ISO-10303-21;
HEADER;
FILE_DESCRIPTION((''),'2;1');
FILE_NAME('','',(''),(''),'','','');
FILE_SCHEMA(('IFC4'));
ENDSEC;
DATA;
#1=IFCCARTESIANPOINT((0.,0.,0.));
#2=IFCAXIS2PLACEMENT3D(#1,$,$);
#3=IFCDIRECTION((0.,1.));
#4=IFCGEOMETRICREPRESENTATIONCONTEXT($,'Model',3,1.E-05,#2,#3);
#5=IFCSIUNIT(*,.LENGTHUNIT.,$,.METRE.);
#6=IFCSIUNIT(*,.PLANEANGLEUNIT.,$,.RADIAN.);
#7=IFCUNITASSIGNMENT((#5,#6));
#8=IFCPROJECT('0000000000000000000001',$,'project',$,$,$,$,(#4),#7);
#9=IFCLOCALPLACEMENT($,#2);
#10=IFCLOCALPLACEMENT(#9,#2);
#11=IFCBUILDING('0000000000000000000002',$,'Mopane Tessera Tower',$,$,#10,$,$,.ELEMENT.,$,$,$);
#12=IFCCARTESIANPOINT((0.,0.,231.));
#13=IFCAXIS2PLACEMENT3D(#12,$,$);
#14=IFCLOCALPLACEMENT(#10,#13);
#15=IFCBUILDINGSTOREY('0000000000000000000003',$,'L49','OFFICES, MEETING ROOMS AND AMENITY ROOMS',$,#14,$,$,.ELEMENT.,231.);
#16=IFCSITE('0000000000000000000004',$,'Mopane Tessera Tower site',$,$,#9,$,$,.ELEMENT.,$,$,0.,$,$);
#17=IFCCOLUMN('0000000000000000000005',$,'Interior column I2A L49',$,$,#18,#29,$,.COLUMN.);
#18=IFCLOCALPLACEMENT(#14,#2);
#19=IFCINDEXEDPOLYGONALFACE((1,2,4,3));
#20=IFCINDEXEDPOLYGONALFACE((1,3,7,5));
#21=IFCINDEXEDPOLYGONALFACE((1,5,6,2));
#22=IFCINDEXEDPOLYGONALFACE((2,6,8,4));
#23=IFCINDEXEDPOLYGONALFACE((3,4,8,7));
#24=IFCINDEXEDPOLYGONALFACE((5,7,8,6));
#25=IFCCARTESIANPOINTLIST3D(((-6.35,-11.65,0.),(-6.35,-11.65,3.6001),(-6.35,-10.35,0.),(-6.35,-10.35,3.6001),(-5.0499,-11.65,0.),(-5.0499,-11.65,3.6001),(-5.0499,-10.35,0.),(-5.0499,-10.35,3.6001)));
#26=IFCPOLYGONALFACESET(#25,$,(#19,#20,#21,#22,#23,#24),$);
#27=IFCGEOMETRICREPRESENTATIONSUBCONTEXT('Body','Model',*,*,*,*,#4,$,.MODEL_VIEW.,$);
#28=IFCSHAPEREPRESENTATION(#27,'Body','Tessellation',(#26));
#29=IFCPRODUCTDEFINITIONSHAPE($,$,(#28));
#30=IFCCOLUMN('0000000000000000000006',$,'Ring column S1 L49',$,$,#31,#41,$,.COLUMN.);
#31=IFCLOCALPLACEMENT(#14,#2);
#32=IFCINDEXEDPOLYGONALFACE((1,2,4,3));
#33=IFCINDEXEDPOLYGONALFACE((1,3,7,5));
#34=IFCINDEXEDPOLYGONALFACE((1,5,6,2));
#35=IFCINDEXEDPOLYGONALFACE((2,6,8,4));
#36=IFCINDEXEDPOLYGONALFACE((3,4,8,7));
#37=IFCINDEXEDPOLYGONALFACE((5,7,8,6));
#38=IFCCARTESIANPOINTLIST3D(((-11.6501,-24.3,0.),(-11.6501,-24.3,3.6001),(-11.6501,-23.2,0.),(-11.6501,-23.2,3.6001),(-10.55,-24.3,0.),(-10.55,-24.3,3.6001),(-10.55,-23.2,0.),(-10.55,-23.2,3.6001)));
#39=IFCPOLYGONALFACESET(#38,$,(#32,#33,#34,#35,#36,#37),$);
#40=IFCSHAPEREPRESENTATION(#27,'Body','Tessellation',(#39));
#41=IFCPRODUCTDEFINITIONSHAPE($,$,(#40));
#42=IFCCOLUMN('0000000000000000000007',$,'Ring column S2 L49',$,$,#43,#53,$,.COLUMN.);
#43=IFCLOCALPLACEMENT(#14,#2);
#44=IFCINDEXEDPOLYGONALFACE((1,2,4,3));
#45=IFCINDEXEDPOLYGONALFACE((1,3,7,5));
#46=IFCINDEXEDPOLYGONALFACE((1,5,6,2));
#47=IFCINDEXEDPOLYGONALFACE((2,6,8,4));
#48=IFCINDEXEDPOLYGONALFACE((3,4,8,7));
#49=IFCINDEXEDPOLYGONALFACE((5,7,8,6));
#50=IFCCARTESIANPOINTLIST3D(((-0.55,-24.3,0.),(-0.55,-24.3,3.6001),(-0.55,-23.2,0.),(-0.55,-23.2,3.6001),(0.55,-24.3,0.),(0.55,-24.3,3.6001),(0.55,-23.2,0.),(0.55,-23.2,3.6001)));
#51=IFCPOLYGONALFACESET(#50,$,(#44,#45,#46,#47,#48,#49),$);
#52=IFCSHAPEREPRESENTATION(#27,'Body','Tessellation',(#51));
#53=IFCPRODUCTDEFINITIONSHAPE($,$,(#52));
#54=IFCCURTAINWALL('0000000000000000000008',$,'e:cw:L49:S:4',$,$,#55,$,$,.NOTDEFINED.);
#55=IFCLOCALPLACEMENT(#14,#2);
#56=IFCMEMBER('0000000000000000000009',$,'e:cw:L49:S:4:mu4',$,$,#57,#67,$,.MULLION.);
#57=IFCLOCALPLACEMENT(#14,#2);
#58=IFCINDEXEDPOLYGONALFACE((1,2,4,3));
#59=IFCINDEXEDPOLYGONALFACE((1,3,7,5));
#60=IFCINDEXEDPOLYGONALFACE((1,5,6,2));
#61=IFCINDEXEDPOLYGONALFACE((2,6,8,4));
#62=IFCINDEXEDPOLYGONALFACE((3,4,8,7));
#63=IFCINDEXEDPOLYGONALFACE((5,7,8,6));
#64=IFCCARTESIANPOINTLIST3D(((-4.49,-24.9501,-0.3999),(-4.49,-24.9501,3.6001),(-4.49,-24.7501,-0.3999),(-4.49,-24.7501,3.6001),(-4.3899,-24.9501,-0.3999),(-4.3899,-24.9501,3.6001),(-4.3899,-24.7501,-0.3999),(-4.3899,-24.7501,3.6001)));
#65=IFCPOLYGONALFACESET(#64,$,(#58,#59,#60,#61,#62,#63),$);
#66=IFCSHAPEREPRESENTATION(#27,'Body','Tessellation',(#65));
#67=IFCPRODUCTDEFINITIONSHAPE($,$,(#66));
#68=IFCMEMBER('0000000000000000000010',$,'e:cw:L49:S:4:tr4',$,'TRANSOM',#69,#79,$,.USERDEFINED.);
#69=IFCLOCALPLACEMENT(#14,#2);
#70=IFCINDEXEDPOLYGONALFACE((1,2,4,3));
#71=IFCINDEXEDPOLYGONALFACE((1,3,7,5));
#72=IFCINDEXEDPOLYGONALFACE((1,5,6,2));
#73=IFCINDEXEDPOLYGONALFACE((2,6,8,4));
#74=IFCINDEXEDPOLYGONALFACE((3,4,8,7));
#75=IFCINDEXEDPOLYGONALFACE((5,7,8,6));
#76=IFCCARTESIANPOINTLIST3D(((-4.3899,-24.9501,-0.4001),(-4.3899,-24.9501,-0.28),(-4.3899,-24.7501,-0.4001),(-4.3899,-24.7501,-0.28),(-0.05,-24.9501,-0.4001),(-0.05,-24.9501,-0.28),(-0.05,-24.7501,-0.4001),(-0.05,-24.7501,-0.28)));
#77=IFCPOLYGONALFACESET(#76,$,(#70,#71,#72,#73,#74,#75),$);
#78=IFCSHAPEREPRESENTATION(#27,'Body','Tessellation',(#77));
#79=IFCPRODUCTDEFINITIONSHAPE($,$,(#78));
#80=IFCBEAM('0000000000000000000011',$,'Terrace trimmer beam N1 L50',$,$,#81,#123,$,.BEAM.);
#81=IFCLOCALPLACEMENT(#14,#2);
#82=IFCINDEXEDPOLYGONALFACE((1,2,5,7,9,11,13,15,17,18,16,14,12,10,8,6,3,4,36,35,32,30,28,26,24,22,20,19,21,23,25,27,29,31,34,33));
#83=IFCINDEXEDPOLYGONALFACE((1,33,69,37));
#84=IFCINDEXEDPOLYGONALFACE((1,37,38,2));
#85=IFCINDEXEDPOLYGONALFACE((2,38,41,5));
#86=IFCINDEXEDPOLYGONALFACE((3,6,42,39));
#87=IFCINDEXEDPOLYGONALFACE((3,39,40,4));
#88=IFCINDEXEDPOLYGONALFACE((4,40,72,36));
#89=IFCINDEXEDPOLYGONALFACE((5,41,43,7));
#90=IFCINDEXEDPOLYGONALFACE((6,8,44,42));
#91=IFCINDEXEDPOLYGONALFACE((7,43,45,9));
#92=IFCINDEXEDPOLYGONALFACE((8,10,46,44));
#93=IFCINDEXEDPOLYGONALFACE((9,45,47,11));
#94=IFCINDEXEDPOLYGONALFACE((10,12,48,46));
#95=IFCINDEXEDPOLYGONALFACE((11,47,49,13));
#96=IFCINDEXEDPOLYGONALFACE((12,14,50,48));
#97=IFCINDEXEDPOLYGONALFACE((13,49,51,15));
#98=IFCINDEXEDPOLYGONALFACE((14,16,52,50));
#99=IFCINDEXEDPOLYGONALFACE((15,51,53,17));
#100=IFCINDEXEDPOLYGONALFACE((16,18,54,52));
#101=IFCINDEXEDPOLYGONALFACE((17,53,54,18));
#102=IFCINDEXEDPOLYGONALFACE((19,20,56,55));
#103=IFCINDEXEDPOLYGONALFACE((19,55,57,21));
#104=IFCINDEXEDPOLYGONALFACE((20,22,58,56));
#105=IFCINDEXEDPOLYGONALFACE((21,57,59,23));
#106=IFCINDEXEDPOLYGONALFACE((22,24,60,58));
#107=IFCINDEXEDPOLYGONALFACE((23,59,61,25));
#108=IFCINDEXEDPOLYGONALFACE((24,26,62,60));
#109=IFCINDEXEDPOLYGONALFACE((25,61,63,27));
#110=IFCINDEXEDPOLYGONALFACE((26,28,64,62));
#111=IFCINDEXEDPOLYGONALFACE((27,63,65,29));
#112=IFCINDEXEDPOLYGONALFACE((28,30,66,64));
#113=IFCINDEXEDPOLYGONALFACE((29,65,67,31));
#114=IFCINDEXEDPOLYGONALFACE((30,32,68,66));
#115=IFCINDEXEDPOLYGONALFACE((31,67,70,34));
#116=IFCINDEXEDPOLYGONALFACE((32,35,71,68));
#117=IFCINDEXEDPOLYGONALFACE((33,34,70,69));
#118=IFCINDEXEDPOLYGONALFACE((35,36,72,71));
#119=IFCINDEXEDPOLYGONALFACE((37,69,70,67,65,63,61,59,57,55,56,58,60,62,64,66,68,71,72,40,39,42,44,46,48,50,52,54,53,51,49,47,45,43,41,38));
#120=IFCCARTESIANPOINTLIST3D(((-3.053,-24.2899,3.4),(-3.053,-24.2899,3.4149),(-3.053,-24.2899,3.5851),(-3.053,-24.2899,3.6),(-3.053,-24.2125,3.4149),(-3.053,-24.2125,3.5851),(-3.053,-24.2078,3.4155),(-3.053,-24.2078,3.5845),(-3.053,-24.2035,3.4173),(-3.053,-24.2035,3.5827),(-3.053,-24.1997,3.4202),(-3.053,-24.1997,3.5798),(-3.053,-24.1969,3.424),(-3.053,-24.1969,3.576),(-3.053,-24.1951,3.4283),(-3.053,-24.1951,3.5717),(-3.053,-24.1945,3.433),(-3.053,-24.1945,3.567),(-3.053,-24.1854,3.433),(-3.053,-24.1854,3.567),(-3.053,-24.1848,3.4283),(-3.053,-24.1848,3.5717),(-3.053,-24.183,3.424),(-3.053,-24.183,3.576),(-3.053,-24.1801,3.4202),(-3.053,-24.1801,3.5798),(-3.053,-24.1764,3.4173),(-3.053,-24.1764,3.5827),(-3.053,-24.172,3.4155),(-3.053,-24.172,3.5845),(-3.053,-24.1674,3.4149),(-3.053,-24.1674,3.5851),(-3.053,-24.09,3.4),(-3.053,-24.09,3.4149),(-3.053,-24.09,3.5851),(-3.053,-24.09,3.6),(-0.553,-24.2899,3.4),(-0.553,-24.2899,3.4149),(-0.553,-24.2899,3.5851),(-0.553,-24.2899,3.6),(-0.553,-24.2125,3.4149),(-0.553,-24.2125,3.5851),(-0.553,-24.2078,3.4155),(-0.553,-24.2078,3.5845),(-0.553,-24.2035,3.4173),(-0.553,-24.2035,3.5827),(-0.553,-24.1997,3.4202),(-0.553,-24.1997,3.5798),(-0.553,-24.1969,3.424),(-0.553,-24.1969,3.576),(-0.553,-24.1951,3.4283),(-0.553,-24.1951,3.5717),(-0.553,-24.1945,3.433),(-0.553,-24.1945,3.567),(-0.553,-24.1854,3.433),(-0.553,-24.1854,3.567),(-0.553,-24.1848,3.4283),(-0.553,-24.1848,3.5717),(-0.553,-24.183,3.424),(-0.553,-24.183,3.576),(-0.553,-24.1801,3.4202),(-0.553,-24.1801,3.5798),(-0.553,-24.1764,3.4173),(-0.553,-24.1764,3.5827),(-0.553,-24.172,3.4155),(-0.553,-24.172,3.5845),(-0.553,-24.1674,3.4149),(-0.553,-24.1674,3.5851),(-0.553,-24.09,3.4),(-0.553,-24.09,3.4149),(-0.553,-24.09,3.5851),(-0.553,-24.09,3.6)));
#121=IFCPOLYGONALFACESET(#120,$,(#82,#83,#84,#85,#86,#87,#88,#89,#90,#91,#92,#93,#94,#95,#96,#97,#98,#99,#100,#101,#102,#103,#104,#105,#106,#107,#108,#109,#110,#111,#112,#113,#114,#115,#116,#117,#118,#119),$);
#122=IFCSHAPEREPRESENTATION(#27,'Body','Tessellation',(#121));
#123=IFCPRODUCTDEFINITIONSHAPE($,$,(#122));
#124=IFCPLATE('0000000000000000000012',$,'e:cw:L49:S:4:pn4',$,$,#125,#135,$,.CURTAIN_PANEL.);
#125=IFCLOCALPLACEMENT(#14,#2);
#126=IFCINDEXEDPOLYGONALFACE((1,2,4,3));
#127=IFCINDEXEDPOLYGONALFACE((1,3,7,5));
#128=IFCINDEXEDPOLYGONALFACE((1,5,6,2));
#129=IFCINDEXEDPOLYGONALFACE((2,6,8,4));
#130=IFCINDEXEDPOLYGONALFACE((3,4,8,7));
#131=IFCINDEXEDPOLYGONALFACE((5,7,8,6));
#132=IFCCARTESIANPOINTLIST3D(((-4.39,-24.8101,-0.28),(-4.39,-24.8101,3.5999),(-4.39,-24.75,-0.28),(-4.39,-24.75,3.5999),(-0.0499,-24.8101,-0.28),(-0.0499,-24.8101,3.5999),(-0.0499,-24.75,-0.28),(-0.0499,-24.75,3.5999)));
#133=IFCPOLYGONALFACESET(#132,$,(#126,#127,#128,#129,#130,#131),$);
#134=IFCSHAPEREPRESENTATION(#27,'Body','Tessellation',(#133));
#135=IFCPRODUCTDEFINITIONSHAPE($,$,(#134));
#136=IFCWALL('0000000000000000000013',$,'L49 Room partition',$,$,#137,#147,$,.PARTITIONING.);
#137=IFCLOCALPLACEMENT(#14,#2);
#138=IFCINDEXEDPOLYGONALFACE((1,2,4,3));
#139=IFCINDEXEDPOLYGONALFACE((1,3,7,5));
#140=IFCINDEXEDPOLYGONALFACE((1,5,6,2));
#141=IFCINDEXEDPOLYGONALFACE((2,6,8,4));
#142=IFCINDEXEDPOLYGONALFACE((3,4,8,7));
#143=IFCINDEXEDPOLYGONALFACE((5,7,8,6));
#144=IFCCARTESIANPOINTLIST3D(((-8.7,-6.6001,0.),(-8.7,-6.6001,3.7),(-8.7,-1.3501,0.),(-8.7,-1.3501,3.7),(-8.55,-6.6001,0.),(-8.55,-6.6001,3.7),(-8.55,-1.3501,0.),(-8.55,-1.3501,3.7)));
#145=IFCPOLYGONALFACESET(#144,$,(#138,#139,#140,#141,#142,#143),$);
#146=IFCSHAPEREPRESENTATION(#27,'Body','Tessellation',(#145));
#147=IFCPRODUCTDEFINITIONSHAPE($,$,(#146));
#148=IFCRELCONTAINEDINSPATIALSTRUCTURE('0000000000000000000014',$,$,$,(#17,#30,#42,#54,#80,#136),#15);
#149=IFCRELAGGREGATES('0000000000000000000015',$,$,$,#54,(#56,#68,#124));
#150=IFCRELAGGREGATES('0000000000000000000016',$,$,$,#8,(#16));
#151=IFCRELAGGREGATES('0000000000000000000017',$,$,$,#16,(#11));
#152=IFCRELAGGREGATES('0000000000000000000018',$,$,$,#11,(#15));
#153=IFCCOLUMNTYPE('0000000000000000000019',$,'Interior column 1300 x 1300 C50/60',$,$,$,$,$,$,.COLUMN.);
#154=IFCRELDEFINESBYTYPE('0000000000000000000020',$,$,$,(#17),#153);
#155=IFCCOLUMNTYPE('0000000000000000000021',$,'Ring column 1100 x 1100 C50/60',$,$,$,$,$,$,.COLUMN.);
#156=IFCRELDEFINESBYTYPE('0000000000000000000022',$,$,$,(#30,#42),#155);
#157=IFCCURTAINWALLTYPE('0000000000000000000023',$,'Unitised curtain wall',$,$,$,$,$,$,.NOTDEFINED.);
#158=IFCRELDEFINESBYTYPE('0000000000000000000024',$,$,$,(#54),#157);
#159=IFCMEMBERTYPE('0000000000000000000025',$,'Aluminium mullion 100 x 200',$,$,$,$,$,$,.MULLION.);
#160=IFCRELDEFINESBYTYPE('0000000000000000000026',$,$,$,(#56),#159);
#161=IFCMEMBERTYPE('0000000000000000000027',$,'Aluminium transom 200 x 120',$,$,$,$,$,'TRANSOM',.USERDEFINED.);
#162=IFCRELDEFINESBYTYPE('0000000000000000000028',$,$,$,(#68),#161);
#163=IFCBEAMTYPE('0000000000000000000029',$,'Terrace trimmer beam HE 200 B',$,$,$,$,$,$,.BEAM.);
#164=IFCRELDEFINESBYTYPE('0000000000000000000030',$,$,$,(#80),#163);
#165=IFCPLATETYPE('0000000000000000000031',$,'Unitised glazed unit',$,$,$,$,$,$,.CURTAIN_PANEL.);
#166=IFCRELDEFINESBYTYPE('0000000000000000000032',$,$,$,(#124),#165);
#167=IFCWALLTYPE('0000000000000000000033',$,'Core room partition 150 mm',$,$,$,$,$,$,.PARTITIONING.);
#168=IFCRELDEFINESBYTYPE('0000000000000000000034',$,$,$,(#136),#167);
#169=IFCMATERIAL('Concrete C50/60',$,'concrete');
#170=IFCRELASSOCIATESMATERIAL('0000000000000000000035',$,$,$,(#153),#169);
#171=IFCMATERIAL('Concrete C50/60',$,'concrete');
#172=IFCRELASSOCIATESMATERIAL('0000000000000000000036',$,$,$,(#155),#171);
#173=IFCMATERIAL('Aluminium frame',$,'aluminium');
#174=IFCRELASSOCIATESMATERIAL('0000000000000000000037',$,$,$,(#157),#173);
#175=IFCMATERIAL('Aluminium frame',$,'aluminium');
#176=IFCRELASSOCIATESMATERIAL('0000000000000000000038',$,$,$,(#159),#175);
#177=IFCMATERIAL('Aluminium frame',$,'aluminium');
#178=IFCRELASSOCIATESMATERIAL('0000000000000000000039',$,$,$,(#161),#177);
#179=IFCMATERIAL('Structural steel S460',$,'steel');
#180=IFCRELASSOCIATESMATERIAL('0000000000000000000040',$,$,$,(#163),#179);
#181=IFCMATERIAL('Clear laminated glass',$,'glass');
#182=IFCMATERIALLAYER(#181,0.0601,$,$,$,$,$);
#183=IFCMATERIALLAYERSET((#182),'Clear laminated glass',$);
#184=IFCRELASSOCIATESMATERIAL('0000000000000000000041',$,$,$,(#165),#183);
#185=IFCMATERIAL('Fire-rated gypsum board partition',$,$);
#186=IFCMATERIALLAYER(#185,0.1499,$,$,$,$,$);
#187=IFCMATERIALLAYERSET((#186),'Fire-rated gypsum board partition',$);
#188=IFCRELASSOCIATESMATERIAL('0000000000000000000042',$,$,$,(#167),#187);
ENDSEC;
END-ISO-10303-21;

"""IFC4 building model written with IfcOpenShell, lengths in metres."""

from ifc_helpers import new_model, si_unit, direction, frame, frame_2d, origin, origin_2d, place, context, subcontext, project, spatial, rectangle, i_section, extrude, material, layer, layer_set, material_profile, profile_set, type_object, element, aggregate, save


model = new_model("IFC4")

# Units and contexts
model_context = context("Model", 3, precision=1e-05, world=origin(), true_north=direction((0.0, 1.0)))
body_context = subcontext(model_context, "Body", "Model", "MODEL_VIEW")
ifc_project = project(units=[si_unit("LENGTHUNIT", "METRE"), si_unit("PLANEANGLEUNIT", "RADIAN")], contexts=[model_context])

# Site, building, storey
site_placement = place(None, origin())
site = spatial("IfcSite", under=ifc_project, at=site_placement, Name="Mopane Tessera Tower site", CompositionType="ELEMENT", RefElevation=0.0)
building_placement = place(site_placement, origin())
building = spatial("IfcBuilding", under=site, at=building_placement, Name="Mopane Tessera Tower", CompositionType="ELEMENT")
storey_placement = place(building_placement, frame((0.0, 0.0, 231.0)))
storey = spatial("IfcBuildingStorey", under=building, at=storey_placement, Name="L49", Description="OFFICES, MEETING ROOMS AND AMENITY ROOMS", CompositionType="ELEMENT", Elevation=231.0)

# Columns
ifc_material_1 = material(Name="Concrete C50/60", Category="concrete")
ifc_material_profile_1 = material_profile(ifc_material_1, rectangle(XDim=1.3, YDim=1.3, at=origin_2d()))
ifc_profile_set_1 = profile_set([ifc_material_profile_1], Name="Concrete C50/60")
column_type_1 = type_object("IfcColumnType", Name="Interior column 1300 x 1300 C50/60", PredefinedType="COLUMN", material=ifc_profile_set_1)
column_placement = place(storey_placement, frame((-5.7, -11.0, 0.0), z_axis=(0.0, 0.0, 1.0), x_axis=(1.0, 0.0, 0.0)))
element("IfcColumn", 1, at=column_placement, inside=storey, type_object=column_type_1, Name="Interior column I2A L49", PredefinedType="COLUMN", context=body_context, shape_type="SweptSolid", body=[
    extrude(rectangle(XDim=1.3, YDim=1.3, at=origin_2d()), origin(), (0.0, 0.0, 1.0), 3.6001),
])
ifc_material_2 = material(Name="Concrete C50/60", Category="concrete")
ifc_material_profile_2 = material_profile(ifc_material_2, rectangle(XDim=1.1001, YDim=1.1001, at=origin_2d()))
ifc_profile_set_2 = profile_set([ifc_material_profile_2], Name="Concrete C50/60")
column_type_2 = type_object("IfcColumnType", Name="Ring column 1100 x 1100 C50/60", PredefinedType="COLUMN", material=ifc_profile_set_2)
for number, where, z_axis, x_axis, name in (
    (2, (-11.1001, -23.75, 0.0), (0.0, 0.0, 1.0), (1.0, 0.0, 0.0), "Ring column S1 L49"),
    (3, (0.0, -23.75, 0.0), (0.0, 0.0, 1.0), (1.0, 0.0, 0.0), "Ring column S2 L49"),
):
    element("IfcColumn", number, at=place(storey_placement, frame(where, z_axis=z_axis, x_axis=x_axis)), inside=storey, type_object=column_type_2, Name=name, PredefinedType="COLUMN", context=body_context, shape_type="SweptSolid", body=[
        extrude(rectangle(XDim=1.1001, YDim=1.1001, at=origin_2d()), origin(), (0.0, 0.0, 1.0), 3.6001),
    ])

# Curtain wall, members
ifc_material_3 = material(Name="Aluminium frame", Category="aluminium")
curtain_wall_type = type_object("IfcCurtainWallType", Name="Unitised curtain wall", PredefinedType="NOTDEFINED", material=ifc_material_3)
curtain_wall_placement = place(storey_placement, origin())
curtain_wall = element("IfcCurtainWall", 4, at=curtain_wall_placement, inside=storey, type_object=curtain_wall_type, Name="e:cw:L49:S:4", PredefinedType="NOTDEFINED")
ifc_material_4 = material(Name="Aluminium frame", Category="aluminium")
ifc_material_profile_3 = material_profile(ifc_material_4, rectangle(XDim=0.1001, YDim=0.2, at=origin_2d()))
ifc_profile_set_3 = profile_set([ifc_material_profile_3], Name="Aluminium frame")
member_type_1 = type_object("IfcMemberType", Name="Aluminium mullion 100 x 200", PredefinedType="MULLION", material=ifc_profile_set_3)
member_1_placement = place(storey_placement, frame((-4.4399, -24.8501, -0.3999), z_axis=(0.0, 0.0, 1.0), x_axis=(1.0, 0.0, 0.0)))
member_1 = element("IfcMember", 5, at=member_1_placement, type_object=member_type_1, Name="e:cw:L49:S:4:mu4", PredefinedType="MULLION", context=body_context, shape_type="SweptSolid", body=[
    extrude(rectangle(XDim=0.1001, YDim=0.2, at=origin_2d()), origin(), (0.0, 0.0, 1.0), 4.0),
])
ifc_material_5 = material(Name="Aluminium frame", Category="aluminium")
ifc_material_profile_4 = material_profile(ifc_material_5, rectangle(XDim=0.2, YDim=0.1201, at=origin_2d()))
ifc_profile_set_4 = profile_set([ifc_material_profile_4], Name="Aluminium frame")
member_type_2 = type_object("IfcMemberType", Name="Aluminium transom 200 x 120", ElementType="TRANSOM", PredefinedType="USERDEFINED", material=ifc_profile_set_4)
member_2_placement = place(storey_placement, frame((-4.3899, -24.8501, -0.3401), z_axis=(1.0, 0.0, 0.0), x_axis=(0.0, 1.0, 0.0)))
member_2 = element("IfcMember", 6, at=member_2_placement, type_object=member_type_2, Name="e:cw:L49:S:4:tr4", ObjectType="TRANSOM", PredefinedType="USERDEFINED", context=body_context, shape_type="SweptSolid", body=[
    extrude(rectangle(XDim=0.2, YDim=0.1201, at=origin_2d()), origin(), (0.0, 0.0, 1.0), 4.3398),
])

# Beam
ifc_material_6 = material(Name="Structural steel S460", Category="steel")
ifc_material_profile_5 = material_profile(ifc_material_6, i_section(OverallWidth=0.2, OverallDepth=0.2, WebThickness=0.009, FlangeThickness=0.0149, FilletRadius=0.0181, at=origin_2d()))
ifc_profile_set_5 = profile_set([ifc_material_profile_5], Name="Structural steel S460")
beam_type = type_object("IfcBeamType", Name="Terrace trimmer beam HE 200 B", PredefinedType="BEAM", material=ifc_profile_set_5)
beam_placement = place(storey_placement, frame((-0.553, -24.1899, 3.5), z_axis=(-1.0, 0.0, 0.0), x_axis=(0.0, -1.0, 0.0)))
element("IfcBeam", 7, at=beam_placement, inside=storey, type_object=beam_type, Name="Terrace trimmer beam N1 L50", PredefinedType="BEAM", context=body_context, shape_type="SweptSolid", body=[
    extrude(i_section(OverallWidth=0.2, OverallDepth=0.2, WebThickness=0.009, FlangeThickness=0.0149, FilletRadius=0.0181, at=origin_2d()), origin(), (0.0, 0.0, 1.0), 2.5),
])

# Plate
ifc_material_7 = material(Name="Clear laminated glass", Category="glass")
ifc_layer_1 = layer(ifc_material_7, 0.0601)
ifc_layer_set_1 = layer_set([ifc_layer_1], Name="Clear laminated glass")
plate_type = type_object("IfcPlateType", Name="Unitised glazed unit", PredefinedType="CURTAIN_PANEL", material=ifc_layer_set_1)
plate_placement = place(storey_placement, frame((-2.22, -24.78, -0.28), z_axis=(0.0, 0.0, 1.0), x_axis=(1.0, 0.0, 0.0)))
plate = element("IfcPlate", 8, at=plate_placement, type_object=plate_type, Name="e:cw:L49:S:4:pn4", PredefinedType="CURTAIN_PANEL", context=body_context, shape_type="SweptSolid", body=[
    extrude(rectangle(XDim=4.3401, YDim=0.0601, at=origin_2d()), origin(), (0.0, 0.0, 1.0), 3.8799),
])
aggregate(curtain_wall, [member_1, member_2, plate])

# Wall
ifc_material_8 = material(Name="Fire-rated gypsum board partition")
ifc_layer_2 = layer(ifc_material_8, 0.1499)
ifc_layer_set_2 = layer_set([ifc_layer_2], Name="Fire-rated gypsum board partition")
wall_type_1 = type_object("IfcWallType", Name="Core room partition 150 mm", PredefinedType="PARTITIONING", material=ifc_layer_set_2)
wall_1_placement = place(storey_placement, frame((-8.625, -6.6001, 0.0), z_axis=(0.0, 0.0, 1.0), x_axis=(0.0, 1.0, 0.0)))
element("IfcWall", 9, at=wall_1_placement, inside=storey, type_object=wall_type_1, Name="L49 Room partition", PredefinedType="PARTITIONING", context=body_context, shape_type="SweptSolid", body=[
    extrude(rectangle(XDim=5.25, YDim=0.1499, at=frame_2d((2.625, 0.0))), origin(), (0.0, 0.0, 1.0), 3.7),
])

save(model, "model.ifc")
